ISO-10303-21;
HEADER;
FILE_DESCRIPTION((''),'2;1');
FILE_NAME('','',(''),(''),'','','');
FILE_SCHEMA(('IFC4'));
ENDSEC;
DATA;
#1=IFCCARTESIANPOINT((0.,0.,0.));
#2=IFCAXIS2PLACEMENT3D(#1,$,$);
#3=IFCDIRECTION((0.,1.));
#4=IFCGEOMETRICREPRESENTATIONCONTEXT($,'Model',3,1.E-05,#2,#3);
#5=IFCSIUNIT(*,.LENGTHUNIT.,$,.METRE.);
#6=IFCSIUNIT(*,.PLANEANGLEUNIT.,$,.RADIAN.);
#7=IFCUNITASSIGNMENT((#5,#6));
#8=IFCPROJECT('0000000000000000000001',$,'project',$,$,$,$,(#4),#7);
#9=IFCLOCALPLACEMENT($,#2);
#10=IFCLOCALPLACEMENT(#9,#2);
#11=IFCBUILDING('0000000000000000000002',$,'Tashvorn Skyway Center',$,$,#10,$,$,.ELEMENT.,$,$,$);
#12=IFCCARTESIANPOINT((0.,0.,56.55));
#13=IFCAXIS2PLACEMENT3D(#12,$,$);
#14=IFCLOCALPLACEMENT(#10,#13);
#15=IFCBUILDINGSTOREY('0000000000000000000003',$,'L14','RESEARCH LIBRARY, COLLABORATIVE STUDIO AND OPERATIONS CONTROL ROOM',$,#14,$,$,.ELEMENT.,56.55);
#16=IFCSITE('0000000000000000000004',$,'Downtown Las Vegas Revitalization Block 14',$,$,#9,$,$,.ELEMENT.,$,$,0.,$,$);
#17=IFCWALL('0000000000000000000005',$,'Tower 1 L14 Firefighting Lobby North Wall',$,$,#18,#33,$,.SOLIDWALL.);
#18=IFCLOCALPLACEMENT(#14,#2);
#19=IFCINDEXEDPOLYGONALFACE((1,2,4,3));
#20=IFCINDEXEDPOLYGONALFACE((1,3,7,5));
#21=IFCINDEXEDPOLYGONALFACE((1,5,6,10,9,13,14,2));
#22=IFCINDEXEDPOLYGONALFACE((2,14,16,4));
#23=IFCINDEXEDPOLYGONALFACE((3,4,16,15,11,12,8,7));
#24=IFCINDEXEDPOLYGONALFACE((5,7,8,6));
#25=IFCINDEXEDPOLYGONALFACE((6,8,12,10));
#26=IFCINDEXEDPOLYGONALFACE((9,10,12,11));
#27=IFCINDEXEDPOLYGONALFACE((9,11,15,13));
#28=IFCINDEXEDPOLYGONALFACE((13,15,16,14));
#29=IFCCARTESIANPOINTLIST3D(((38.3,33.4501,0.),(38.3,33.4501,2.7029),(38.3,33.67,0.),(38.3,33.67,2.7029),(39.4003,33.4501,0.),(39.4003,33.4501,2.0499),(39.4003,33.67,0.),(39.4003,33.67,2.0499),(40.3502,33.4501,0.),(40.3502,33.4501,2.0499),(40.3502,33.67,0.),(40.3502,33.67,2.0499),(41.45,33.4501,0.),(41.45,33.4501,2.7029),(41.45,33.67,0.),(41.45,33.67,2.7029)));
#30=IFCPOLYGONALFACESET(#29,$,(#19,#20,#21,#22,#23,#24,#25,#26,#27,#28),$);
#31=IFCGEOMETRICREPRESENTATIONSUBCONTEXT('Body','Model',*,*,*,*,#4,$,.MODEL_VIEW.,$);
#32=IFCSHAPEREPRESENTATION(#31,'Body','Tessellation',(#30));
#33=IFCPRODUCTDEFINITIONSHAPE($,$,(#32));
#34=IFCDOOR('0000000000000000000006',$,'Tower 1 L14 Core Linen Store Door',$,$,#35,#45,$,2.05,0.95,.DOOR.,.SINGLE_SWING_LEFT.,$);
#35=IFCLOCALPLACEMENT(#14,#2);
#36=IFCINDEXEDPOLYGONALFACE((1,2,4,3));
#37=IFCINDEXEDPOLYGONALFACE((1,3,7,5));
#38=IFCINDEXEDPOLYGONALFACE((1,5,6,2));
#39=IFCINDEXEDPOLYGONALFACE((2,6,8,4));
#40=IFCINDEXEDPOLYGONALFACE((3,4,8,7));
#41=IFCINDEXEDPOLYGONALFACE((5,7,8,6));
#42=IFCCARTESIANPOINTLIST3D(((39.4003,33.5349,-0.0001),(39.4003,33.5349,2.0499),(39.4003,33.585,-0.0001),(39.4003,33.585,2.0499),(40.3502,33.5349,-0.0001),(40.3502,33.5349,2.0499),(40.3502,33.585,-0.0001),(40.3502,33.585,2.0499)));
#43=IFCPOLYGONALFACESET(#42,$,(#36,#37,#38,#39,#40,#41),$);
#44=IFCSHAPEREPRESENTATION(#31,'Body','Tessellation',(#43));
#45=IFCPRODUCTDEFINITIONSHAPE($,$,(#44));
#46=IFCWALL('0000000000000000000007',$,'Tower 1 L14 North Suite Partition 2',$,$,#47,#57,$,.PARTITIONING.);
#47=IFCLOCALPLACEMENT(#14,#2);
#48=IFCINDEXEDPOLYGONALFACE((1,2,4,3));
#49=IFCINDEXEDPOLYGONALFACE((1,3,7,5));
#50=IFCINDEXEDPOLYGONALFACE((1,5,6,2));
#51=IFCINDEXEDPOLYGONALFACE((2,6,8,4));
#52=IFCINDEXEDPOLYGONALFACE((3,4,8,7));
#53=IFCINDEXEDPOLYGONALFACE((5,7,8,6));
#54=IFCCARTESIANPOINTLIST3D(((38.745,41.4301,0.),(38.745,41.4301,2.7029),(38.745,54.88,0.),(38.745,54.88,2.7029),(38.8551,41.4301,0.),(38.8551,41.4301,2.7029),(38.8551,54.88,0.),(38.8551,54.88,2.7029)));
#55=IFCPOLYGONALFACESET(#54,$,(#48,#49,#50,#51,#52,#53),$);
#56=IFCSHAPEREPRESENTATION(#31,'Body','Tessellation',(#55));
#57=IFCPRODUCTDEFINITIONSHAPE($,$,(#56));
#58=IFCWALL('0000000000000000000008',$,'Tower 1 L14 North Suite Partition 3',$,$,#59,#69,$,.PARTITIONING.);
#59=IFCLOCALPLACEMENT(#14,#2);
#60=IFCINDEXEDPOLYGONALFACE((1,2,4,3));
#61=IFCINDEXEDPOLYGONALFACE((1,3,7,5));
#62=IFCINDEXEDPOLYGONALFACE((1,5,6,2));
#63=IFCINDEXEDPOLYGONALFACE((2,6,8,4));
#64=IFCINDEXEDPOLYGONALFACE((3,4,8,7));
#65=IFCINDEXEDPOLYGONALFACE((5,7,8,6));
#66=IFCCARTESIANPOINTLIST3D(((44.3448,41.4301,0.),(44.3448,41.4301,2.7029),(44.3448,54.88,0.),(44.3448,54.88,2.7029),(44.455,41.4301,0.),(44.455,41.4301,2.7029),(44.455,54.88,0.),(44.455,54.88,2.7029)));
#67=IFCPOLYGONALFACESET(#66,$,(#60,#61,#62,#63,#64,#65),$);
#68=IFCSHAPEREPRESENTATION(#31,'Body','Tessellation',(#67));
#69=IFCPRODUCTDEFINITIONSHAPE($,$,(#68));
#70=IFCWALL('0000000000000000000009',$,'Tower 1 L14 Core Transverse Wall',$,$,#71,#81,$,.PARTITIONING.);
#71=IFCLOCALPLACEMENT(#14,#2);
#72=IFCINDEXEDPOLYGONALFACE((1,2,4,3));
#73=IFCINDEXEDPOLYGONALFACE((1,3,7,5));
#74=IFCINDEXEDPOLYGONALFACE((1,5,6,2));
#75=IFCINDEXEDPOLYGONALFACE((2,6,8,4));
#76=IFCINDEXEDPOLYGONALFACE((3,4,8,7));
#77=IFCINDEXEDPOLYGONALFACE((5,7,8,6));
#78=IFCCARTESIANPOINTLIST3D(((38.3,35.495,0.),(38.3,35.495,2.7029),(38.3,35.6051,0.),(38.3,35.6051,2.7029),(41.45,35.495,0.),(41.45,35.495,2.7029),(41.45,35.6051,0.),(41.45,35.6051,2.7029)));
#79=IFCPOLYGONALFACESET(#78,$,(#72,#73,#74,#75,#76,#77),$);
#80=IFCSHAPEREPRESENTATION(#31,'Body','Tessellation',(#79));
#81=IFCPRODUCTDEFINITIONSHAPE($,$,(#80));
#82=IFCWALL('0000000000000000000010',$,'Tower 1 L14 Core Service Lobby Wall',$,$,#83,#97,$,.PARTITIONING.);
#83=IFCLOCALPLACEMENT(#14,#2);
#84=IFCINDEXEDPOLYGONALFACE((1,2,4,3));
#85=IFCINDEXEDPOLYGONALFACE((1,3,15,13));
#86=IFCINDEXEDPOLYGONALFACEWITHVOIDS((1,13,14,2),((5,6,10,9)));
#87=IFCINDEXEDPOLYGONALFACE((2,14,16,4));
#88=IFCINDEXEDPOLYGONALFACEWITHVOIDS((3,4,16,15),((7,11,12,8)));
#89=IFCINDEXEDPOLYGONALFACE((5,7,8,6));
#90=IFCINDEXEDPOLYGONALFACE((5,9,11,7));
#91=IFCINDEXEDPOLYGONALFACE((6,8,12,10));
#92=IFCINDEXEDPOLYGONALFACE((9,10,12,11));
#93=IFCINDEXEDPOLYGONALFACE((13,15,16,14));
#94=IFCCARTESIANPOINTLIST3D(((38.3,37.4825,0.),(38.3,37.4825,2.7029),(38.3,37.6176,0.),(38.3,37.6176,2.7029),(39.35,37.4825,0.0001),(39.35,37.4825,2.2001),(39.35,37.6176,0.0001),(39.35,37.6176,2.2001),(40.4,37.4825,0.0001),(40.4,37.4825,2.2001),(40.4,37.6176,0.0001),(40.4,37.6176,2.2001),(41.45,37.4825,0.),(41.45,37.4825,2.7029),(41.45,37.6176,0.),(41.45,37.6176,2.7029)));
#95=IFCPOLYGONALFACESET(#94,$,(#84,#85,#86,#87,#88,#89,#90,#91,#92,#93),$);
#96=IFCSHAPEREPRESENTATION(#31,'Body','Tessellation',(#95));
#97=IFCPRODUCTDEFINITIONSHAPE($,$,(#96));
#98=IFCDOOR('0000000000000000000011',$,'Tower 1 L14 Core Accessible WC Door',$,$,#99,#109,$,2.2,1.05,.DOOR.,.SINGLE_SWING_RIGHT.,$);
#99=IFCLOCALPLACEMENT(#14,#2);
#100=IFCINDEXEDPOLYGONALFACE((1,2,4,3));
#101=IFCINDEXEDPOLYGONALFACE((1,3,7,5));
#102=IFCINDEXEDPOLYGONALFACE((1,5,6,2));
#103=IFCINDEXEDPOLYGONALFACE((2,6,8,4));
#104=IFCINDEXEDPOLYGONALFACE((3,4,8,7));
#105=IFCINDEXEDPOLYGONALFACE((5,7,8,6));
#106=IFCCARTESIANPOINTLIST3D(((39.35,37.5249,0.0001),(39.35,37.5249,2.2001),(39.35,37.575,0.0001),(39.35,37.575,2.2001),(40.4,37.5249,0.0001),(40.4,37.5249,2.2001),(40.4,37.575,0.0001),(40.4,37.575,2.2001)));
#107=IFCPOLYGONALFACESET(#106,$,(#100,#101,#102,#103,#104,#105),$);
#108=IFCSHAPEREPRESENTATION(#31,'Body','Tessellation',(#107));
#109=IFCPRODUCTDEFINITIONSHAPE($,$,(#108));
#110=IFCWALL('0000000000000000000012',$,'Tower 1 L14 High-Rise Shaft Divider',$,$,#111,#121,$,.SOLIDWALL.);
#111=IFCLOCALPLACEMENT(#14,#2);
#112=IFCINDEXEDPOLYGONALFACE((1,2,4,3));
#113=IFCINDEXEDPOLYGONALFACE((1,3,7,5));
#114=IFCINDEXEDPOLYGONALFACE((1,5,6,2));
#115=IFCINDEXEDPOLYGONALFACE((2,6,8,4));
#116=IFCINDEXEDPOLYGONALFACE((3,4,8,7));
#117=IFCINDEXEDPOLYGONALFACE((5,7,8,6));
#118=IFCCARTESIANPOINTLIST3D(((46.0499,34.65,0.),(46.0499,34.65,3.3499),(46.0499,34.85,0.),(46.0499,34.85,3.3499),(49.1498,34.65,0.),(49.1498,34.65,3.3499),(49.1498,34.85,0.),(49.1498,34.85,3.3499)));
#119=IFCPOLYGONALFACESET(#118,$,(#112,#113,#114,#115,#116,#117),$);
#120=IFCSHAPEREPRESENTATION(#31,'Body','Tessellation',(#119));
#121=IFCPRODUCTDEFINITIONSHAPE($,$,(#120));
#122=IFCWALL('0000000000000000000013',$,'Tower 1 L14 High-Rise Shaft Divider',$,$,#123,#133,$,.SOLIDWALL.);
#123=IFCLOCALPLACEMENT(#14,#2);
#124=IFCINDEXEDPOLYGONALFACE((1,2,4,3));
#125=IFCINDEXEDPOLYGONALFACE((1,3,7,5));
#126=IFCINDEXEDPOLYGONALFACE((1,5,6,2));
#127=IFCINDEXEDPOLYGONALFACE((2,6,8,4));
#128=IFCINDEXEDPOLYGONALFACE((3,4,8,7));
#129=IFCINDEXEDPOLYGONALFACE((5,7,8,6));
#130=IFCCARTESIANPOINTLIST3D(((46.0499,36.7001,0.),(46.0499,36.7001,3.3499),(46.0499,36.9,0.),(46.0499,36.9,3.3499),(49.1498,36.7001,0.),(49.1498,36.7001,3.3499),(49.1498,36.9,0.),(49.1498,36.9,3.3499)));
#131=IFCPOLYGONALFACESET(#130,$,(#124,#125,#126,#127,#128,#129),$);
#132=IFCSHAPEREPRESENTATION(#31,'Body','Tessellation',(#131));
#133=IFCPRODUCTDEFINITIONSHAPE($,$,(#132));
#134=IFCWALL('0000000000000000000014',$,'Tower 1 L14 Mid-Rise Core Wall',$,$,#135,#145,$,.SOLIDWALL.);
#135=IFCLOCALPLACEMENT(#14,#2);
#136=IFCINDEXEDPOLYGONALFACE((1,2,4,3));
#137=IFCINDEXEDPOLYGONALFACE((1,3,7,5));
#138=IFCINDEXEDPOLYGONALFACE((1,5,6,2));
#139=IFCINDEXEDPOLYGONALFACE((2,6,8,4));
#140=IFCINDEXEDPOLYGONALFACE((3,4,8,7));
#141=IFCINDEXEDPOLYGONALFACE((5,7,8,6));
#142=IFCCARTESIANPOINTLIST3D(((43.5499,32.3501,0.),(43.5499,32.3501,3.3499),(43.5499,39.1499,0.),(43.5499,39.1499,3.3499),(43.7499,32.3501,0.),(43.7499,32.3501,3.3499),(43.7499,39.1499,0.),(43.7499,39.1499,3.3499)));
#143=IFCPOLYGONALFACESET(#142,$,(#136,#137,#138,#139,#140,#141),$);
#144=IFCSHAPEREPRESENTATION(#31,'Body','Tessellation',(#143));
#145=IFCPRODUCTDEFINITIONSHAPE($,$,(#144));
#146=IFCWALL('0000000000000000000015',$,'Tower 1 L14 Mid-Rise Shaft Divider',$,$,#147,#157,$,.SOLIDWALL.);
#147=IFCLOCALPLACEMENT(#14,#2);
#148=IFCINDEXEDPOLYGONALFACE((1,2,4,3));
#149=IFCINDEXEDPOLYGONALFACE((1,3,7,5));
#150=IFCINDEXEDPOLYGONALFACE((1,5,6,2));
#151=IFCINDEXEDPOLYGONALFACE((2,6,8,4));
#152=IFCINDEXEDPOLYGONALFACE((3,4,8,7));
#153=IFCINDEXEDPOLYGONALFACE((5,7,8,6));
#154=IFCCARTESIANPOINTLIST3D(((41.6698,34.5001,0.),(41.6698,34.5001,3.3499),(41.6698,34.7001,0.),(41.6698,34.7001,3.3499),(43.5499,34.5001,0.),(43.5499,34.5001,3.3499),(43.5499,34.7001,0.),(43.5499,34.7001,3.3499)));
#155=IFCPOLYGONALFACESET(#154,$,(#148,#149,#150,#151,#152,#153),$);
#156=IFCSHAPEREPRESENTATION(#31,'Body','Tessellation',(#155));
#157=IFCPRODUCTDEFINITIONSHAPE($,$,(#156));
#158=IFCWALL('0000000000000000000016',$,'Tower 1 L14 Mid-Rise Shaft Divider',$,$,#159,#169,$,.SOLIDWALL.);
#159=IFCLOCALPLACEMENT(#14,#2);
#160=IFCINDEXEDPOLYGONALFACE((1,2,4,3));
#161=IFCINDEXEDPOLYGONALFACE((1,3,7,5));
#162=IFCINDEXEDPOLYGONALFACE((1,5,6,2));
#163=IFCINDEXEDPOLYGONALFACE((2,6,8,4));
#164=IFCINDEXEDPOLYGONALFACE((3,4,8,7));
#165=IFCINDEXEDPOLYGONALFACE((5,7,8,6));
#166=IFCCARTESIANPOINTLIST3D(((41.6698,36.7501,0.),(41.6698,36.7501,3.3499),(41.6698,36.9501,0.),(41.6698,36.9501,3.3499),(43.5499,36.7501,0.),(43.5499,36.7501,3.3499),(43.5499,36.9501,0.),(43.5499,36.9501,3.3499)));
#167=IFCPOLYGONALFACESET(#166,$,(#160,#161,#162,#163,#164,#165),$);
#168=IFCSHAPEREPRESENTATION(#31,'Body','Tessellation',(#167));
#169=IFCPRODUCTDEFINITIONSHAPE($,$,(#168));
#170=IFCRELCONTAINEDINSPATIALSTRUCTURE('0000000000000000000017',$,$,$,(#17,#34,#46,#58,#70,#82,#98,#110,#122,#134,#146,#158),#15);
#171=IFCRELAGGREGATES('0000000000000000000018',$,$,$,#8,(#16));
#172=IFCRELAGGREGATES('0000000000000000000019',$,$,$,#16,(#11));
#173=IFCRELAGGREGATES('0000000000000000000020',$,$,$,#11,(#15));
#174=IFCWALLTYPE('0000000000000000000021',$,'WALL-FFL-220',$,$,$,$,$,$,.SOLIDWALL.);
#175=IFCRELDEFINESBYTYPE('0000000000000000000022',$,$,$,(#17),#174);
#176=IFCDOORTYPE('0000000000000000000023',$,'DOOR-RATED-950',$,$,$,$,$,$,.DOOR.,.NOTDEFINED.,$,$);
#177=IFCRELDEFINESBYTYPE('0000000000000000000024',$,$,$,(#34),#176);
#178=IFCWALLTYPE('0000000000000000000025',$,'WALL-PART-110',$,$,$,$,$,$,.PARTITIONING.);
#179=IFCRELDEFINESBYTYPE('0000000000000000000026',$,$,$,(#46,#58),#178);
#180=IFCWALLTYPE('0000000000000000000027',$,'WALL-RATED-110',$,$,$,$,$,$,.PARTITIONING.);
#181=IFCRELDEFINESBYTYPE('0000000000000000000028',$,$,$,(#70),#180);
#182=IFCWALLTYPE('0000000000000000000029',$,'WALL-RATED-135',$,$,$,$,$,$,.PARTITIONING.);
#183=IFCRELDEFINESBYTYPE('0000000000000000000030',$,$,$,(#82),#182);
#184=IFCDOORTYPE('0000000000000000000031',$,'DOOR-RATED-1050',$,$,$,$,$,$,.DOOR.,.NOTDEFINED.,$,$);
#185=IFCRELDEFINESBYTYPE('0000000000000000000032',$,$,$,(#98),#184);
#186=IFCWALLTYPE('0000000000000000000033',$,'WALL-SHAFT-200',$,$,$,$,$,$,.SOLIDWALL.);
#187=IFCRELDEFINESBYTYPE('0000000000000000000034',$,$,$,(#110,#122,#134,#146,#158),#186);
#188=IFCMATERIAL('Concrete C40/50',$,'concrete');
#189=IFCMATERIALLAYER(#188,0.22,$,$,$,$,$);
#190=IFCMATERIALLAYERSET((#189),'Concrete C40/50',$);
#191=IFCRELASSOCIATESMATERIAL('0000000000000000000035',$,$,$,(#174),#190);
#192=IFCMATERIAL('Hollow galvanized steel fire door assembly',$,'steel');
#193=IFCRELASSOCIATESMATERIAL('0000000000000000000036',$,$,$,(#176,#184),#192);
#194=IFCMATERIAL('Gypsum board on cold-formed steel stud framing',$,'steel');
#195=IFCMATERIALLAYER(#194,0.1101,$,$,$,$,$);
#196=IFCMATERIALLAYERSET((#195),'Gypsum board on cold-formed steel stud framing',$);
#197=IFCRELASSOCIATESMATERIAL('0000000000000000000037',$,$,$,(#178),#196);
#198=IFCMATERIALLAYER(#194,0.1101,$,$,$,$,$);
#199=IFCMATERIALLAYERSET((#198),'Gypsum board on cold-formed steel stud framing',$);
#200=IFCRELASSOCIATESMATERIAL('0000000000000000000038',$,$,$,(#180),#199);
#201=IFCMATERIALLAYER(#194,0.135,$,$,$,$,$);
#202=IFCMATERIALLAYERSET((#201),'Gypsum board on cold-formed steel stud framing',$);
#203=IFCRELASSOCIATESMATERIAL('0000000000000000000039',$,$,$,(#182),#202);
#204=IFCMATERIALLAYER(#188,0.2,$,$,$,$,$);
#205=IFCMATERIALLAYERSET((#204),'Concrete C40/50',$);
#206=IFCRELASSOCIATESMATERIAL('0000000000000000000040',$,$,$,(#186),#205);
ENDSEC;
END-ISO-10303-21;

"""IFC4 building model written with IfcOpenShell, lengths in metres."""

from ifc_helpers import new_model, si_unit, direction, frame, frame_2d, origin, place, context, subcontext, project, spatial, rectangle, extrude, material, layer, layer_set, type_object, element, fill, save


model = new_model("IFC4")

# Units and contexts
model_context = context("Model", 3, precision=1e-05, world=origin(), true_north=direction((0.0, 1.0)))
body_context = subcontext(model_context, "Body", "Model", "MODEL_VIEW")
ifc_project = project(units=[si_unit("LENGTHUNIT", "METRE"), si_unit("PLANEANGLEUNIT", "RADIAN")], contexts=[model_context])

# Site, building, storey
site_placement = place(None, origin())
site = spatial("IfcSite", under=ifc_project, at=site_placement, Name="Downtown Las Vegas Revitalization Block 14", CompositionType="ELEMENT", RefElevation=0.0)
building_placement = place(site_placement, origin())
building = spatial("IfcBuilding", under=site, at=building_placement, Name="Tashvorn Skyway Center", CompositionType="ELEMENT")
storey_placement = place(building_placement, frame((0.0, 0.0, 56.55)))
storey = spatial("IfcBuildingStorey", under=building, at=storey_placement, Name="L14", Description="RESEARCH LIBRARY, COLLABORATIVE STUDIO AND OPERATIONS CONTROL ROOM", CompositionType="ELEMENT", Elevation=56.55)

# Wall, opening, door
ifc_material_1 = material(Name="Concrete C40/50", Category="concrete")
ifc_layer_1 = layer(ifc_material_1, 0.22)
ifc_layer_set_1 = layer_set([ifc_layer_1], Name="Concrete C40/50")
wall_type_1 = type_object("IfcWallType", Name="WALL-FFL-220", PredefinedType="SOLIDWALL", material=ifc_layer_set_1)
wall_1_placement = place(storey_placement, frame((38.3, 33.5601, 0.0), z_axis=(0.0, 0.0, 1.0), x_axis=(1.0, 0.0, 0.0)))
wall_1 = element("IfcWall", 1, at=wall_1_placement, inside=storey, type_object=wall_type_1, Name="Tower 1 L14 Firefighting Lobby North Wall", PredefinedType="SOLIDWALL", context=body_context, shape_type="SweptSolid", body=[
    extrude(rectangle(XDim=3.1499, YDim=0.22, at=frame_2d((1.575, 0.0))), origin(), (0.0, 0.0, 1.0), 2.7029),
])
opening_1_placement = place(wall_1_placement, frame((1.1001, 0.0, 0.0)))
opening_1 = element("IfcOpeningElement", 2, at=opening_1_placement, cuts=wall_1, PredefinedType="OPENING", context=body_context, shape_type="SweptSolid", body=[
    extrude(rectangle(XDim=0.95, YDim=2.05, at=frame_2d((0.4751, 1.0249))), frame((0.0, 0.1199, 0.0), z_axis=(0.0, -1.0, 0.0), x_axis=(1.0, 0.0, 0.0)), (0.0, 0.0, 1.0), 0.24),
])
ifc_material_2 = material(Name="Hollow galvanized steel fire door assembly", Category="steel")
door_type_1 = type_object("IfcDoorType", Name="DOOR-RATED-950", OperationType="NOTDEFINED", PredefinedType="DOOR", material=ifc_material_2)
door_1_placement = place(opening_1_placement, origin())
door_1 = element("IfcDoor", 3, at=door_1_placement, inside=storey, type_object=door_type_1, Name="Tower 1 L14 Core Linen Store Door", OperationType="SINGLE_SWING_LEFT", OverallHeight=2.05, OverallWidth=0.95, PredefinedType="DOOR", context=body_context, shape_type="SweptSolid", body=[
    extrude(rectangle(XDim=0.95, YDim=2.05, at=frame_2d((0.4751, 1.0249))), frame((0.0, 0.0249, 0.0), z_axis=(0.0, -1.0, 0.0), x_axis=(1.0, 0.0, 0.0)), (0.0, 0.0, 1.0), 0.05),
])
fill(opening_1, door_1)

# Walls
ifc_material_3 = material(Name="Gypsum board on cold-formed steel stud framing", Category="steel")
ifc_layer_2 = layer(ifc_material_3, 0.1101)
ifc_layer_set_2 = layer_set([ifc_layer_2], Name="Gypsum board on cold-formed steel stud framing")
wall_type_2 = type_object("IfcWallType", Name="WALL-PART-110", PredefinedType="PARTITIONING", material=ifc_layer_set_2)
for number, where, z_axis, x_axis, name in (
    (4, (38.8, 41.4299, 0.0), (0.0, 0.0, 1.0), (0.0, 1.0, 0.0), "Tower 1 L14 North Suite Partition 2"),
    (5, (44.3999, 41.4299, 0.0), (0.0, 0.0, 1.0), (0.0, 1.0, 0.0), "Tower 1 L14 North Suite Partition 3"),
):
    element("IfcWall", number, at=place(storey_placement, frame(where, z_axis=z_axis, x_axis=x_axis)), inside=storey, type_object=wall_type_2, Name=name, PredefinedType="PARTITIONING", context=body_context, shape_type="SweptSolid", body=[
        extrude(rectangle(XDim=13.45, YDim=0.1101, at=frame_2d((6.7251, 0.0))), origin(), (0.0, 0.0, 1.0), 2.7029),
    ])
ifc_layer_3 = layer(ifc_material_3, 0.1101)
ifc_layer_set_3 = layer_set([ifc_layer_3], Name="Gypsum board on cold-formed steel stud framing")
wall_type_3 = type_object("IfcWallType", Name="WALL-RATED-110", PredefinedType="PARTITIONING", material=ifc_layer_set_3)
wall_2_placement = place(storey_placement, frame((38.3, 35.55, 0.0), z_axis=(0.0, 0.0, 1.0), x_axis=(1.0, 0.0, 0.0)))
element("IfcWall", 6, at=wall_2_placement, inside=storey, type_object=wall_type_3, Name="Tower 1 L14 Core Transverse Wall", PredefinedType="PARTITIONING", context=body_context, shape_type="SweptSolid", body=[
    extrude(rectangle(XDim=3.1499, YDim=0.1101, at=frame_2d((1.575, 0.0))), origin(), (0.0, 0.0, 1.0), 2.7029),
])

# Wall, opening, door
ifc_layer_4 = layer(ifc_material_3, 0.135)
ifc_layer_set_4 = layer_set([ifc_layer_4], Name="Gypsum board on cold-formed steel stud framing")
wall_type_4 = type_object("IfcWallType", Name="WALL-RATED-135", PredefinedType="PARTITIONING", material=ifc_layer_set_4)
wall_3_placement = place(storey_placement, frame((38.3, 37.55, 0.0), z_axis=(0.0, 0.0, 1.0), x_axis=(1.0, 0.0, 0.0)))
wall_3 = element("IfcWall", 7, at=wall_3_placement, inside=storey, type_object=wall_type_4, Name="Tower 1 L14 Core Service Lobby Wall", PredefinedType="PARTITIONING", context=body_context, shape_type="SweptSolid", body=[
    extrude(rectangle(XDim=3.1499, YDim=0.135, at=frame_2d((1.575, 0.0))), origin(), (0.0, 0.0, 1.0), 2.7029),
])
opening_2_placement = place(wall_3_placement, frame((1.05, 0.0, 0.0)))
opening_2 = element("IfcOpeningElement", 8, at=opening_2_placement, cuts=wall_3, PredefinedType="OPENING", context=body_context, shape_type="SweptSolid", body=[
    extrude(rectangle(XDim=1.05, YDim=2.2, at=frame_2d((0.5249, 1.1001))), frame((0.0, 0.0774, 0.0), z_axis=(0.0, -1.0, 0.0), x_axis=(1.0, 0.0, 0.0)), (0.0, 0.0, 1.0), 0.155),
])
door_type_2 = type_object("IfcDoorType", Name="DOOR-RATED-1050", OperationType="NOTDEFINED", PredefinedType="DOOR", material=ifc_material_2)
door_2_placement = place(opening_2_placement, origin())
door_2 = element("IfcDoor", 9, at=door_2_placement, inside=storey, type_object=door_type_2, Name="Tower 1 L14 Core Accessible WC Door", OperationType="SINGLE_SWING_RIGHT", OverallHeight=2.2, OverallWidth=1.05, PredefinedType="DOOR", context=body_context, shape_type="SweptSolid", body=[
    extrude(rectangle(XDim=1.05, YDim=2.2, at=frame_2d((0.5249, 1.1001))), frame((0.0, 0.0249, 0.0), z_axis=(0.0, -1.0, 0.0), x_axis=(1.0, 0.0, 0.0)), (0.0, 0.0, 1.0), 0.05),
])
fill(opening_2, door_2)

# Walls
ifc_layer_5 = layer(ifc_material_1, 0.2)
ifc_layer_set_5 = layer_set([ifc_layer_5], Name="Concrete C40/50")
wall_type_5 = type_object("IfcWallType", Name="WALL-SHAFT-200", PredefinedType="SOLIDWALL", material=ifc_layer_set_5)
for number, where, z_axis, x_axis, name in (
    (10, (46.05, 34.75, 0.0), (0.0, 0.0, 1.0), (1.0, 0.0, 0.0), "Tower 1 L14 High-Rise Shaft Divider"),
    (11, (46.05, 36.8, 0.0), (0.0, 0.0, 1.0), (1.0, 0.0, 0.0), "Tower 1 L14 High-Rise Shaft Divider"),
):
    element("IfcWall", number, at=place(storey_placement, frame(where, z_axis=z_axis, x_axis=x_axis)), inside=storey, type_object=wall_type_5, Name=name, PredefinedType="SOLIDWALL", context=body_context, shape_type="SweptSolid", body=[
        extrude(rectangle(XDim=3.0999, YDim=0.2, at=frame_2d((1.5498, 0.0))), origin(), (0.0, 0.0, 1.0), 3.3499),
    ])
wall_4_placement = place(storey_placement, frame((43.6499, 32.3501, 0.0), z_axis=(0.0, 0.0, 1.0), x_axis=(0.0, 1.0, 0.0)))
element("IfcWall", 12, at=wall_4_placement, inside=storey, type_object=wall_type_5, Name="Tower 1 L14 Mid-Rise Core Wall", PredefinedType="SOLIDWALL", context=body_context, shape_type="SweptSolid", body=[
    extrude(rectangle(XDim=6.7998, YDim=0.2, at=frame_2d((3.3999, 0.0))), origin(), (0.0, 0.0, 1.0), 3.3499),
])
for number, where, z_axis, x_axis, name in (
    (13, (41.6699, 34.6001, 0.0), (0.0, 0.0, 1.0), (1.0, 0.0, 0.0), "Tower 1 L14 Mid-Rise Shaft Divider"),
    (14, (41.6699, 36.8501, 0.0), (0.0, 0.0, 1.0), (1.0, 0.0, 0.0), "Tower 1 L14 Mid-Rise Shaft Divider"),
):
    element("IfcWall", number, at=place(storey_placement, frame(where, z_axis=z_axis, x_axis=x_axis)), inside=storey, type_object=wall_type_5, Name=name, PredefinedType="SOLIDWALL", context=body_context, shape_type="SweptSolid", body=[
        extrude(rectangle(XDim=1.8801, YDim=0.2, at=frame_2d((0.9399, 0.0))), origin(), (0.0, 0.0, 1.0), 3.3499),
    ])

save(model, "model.ifc")
